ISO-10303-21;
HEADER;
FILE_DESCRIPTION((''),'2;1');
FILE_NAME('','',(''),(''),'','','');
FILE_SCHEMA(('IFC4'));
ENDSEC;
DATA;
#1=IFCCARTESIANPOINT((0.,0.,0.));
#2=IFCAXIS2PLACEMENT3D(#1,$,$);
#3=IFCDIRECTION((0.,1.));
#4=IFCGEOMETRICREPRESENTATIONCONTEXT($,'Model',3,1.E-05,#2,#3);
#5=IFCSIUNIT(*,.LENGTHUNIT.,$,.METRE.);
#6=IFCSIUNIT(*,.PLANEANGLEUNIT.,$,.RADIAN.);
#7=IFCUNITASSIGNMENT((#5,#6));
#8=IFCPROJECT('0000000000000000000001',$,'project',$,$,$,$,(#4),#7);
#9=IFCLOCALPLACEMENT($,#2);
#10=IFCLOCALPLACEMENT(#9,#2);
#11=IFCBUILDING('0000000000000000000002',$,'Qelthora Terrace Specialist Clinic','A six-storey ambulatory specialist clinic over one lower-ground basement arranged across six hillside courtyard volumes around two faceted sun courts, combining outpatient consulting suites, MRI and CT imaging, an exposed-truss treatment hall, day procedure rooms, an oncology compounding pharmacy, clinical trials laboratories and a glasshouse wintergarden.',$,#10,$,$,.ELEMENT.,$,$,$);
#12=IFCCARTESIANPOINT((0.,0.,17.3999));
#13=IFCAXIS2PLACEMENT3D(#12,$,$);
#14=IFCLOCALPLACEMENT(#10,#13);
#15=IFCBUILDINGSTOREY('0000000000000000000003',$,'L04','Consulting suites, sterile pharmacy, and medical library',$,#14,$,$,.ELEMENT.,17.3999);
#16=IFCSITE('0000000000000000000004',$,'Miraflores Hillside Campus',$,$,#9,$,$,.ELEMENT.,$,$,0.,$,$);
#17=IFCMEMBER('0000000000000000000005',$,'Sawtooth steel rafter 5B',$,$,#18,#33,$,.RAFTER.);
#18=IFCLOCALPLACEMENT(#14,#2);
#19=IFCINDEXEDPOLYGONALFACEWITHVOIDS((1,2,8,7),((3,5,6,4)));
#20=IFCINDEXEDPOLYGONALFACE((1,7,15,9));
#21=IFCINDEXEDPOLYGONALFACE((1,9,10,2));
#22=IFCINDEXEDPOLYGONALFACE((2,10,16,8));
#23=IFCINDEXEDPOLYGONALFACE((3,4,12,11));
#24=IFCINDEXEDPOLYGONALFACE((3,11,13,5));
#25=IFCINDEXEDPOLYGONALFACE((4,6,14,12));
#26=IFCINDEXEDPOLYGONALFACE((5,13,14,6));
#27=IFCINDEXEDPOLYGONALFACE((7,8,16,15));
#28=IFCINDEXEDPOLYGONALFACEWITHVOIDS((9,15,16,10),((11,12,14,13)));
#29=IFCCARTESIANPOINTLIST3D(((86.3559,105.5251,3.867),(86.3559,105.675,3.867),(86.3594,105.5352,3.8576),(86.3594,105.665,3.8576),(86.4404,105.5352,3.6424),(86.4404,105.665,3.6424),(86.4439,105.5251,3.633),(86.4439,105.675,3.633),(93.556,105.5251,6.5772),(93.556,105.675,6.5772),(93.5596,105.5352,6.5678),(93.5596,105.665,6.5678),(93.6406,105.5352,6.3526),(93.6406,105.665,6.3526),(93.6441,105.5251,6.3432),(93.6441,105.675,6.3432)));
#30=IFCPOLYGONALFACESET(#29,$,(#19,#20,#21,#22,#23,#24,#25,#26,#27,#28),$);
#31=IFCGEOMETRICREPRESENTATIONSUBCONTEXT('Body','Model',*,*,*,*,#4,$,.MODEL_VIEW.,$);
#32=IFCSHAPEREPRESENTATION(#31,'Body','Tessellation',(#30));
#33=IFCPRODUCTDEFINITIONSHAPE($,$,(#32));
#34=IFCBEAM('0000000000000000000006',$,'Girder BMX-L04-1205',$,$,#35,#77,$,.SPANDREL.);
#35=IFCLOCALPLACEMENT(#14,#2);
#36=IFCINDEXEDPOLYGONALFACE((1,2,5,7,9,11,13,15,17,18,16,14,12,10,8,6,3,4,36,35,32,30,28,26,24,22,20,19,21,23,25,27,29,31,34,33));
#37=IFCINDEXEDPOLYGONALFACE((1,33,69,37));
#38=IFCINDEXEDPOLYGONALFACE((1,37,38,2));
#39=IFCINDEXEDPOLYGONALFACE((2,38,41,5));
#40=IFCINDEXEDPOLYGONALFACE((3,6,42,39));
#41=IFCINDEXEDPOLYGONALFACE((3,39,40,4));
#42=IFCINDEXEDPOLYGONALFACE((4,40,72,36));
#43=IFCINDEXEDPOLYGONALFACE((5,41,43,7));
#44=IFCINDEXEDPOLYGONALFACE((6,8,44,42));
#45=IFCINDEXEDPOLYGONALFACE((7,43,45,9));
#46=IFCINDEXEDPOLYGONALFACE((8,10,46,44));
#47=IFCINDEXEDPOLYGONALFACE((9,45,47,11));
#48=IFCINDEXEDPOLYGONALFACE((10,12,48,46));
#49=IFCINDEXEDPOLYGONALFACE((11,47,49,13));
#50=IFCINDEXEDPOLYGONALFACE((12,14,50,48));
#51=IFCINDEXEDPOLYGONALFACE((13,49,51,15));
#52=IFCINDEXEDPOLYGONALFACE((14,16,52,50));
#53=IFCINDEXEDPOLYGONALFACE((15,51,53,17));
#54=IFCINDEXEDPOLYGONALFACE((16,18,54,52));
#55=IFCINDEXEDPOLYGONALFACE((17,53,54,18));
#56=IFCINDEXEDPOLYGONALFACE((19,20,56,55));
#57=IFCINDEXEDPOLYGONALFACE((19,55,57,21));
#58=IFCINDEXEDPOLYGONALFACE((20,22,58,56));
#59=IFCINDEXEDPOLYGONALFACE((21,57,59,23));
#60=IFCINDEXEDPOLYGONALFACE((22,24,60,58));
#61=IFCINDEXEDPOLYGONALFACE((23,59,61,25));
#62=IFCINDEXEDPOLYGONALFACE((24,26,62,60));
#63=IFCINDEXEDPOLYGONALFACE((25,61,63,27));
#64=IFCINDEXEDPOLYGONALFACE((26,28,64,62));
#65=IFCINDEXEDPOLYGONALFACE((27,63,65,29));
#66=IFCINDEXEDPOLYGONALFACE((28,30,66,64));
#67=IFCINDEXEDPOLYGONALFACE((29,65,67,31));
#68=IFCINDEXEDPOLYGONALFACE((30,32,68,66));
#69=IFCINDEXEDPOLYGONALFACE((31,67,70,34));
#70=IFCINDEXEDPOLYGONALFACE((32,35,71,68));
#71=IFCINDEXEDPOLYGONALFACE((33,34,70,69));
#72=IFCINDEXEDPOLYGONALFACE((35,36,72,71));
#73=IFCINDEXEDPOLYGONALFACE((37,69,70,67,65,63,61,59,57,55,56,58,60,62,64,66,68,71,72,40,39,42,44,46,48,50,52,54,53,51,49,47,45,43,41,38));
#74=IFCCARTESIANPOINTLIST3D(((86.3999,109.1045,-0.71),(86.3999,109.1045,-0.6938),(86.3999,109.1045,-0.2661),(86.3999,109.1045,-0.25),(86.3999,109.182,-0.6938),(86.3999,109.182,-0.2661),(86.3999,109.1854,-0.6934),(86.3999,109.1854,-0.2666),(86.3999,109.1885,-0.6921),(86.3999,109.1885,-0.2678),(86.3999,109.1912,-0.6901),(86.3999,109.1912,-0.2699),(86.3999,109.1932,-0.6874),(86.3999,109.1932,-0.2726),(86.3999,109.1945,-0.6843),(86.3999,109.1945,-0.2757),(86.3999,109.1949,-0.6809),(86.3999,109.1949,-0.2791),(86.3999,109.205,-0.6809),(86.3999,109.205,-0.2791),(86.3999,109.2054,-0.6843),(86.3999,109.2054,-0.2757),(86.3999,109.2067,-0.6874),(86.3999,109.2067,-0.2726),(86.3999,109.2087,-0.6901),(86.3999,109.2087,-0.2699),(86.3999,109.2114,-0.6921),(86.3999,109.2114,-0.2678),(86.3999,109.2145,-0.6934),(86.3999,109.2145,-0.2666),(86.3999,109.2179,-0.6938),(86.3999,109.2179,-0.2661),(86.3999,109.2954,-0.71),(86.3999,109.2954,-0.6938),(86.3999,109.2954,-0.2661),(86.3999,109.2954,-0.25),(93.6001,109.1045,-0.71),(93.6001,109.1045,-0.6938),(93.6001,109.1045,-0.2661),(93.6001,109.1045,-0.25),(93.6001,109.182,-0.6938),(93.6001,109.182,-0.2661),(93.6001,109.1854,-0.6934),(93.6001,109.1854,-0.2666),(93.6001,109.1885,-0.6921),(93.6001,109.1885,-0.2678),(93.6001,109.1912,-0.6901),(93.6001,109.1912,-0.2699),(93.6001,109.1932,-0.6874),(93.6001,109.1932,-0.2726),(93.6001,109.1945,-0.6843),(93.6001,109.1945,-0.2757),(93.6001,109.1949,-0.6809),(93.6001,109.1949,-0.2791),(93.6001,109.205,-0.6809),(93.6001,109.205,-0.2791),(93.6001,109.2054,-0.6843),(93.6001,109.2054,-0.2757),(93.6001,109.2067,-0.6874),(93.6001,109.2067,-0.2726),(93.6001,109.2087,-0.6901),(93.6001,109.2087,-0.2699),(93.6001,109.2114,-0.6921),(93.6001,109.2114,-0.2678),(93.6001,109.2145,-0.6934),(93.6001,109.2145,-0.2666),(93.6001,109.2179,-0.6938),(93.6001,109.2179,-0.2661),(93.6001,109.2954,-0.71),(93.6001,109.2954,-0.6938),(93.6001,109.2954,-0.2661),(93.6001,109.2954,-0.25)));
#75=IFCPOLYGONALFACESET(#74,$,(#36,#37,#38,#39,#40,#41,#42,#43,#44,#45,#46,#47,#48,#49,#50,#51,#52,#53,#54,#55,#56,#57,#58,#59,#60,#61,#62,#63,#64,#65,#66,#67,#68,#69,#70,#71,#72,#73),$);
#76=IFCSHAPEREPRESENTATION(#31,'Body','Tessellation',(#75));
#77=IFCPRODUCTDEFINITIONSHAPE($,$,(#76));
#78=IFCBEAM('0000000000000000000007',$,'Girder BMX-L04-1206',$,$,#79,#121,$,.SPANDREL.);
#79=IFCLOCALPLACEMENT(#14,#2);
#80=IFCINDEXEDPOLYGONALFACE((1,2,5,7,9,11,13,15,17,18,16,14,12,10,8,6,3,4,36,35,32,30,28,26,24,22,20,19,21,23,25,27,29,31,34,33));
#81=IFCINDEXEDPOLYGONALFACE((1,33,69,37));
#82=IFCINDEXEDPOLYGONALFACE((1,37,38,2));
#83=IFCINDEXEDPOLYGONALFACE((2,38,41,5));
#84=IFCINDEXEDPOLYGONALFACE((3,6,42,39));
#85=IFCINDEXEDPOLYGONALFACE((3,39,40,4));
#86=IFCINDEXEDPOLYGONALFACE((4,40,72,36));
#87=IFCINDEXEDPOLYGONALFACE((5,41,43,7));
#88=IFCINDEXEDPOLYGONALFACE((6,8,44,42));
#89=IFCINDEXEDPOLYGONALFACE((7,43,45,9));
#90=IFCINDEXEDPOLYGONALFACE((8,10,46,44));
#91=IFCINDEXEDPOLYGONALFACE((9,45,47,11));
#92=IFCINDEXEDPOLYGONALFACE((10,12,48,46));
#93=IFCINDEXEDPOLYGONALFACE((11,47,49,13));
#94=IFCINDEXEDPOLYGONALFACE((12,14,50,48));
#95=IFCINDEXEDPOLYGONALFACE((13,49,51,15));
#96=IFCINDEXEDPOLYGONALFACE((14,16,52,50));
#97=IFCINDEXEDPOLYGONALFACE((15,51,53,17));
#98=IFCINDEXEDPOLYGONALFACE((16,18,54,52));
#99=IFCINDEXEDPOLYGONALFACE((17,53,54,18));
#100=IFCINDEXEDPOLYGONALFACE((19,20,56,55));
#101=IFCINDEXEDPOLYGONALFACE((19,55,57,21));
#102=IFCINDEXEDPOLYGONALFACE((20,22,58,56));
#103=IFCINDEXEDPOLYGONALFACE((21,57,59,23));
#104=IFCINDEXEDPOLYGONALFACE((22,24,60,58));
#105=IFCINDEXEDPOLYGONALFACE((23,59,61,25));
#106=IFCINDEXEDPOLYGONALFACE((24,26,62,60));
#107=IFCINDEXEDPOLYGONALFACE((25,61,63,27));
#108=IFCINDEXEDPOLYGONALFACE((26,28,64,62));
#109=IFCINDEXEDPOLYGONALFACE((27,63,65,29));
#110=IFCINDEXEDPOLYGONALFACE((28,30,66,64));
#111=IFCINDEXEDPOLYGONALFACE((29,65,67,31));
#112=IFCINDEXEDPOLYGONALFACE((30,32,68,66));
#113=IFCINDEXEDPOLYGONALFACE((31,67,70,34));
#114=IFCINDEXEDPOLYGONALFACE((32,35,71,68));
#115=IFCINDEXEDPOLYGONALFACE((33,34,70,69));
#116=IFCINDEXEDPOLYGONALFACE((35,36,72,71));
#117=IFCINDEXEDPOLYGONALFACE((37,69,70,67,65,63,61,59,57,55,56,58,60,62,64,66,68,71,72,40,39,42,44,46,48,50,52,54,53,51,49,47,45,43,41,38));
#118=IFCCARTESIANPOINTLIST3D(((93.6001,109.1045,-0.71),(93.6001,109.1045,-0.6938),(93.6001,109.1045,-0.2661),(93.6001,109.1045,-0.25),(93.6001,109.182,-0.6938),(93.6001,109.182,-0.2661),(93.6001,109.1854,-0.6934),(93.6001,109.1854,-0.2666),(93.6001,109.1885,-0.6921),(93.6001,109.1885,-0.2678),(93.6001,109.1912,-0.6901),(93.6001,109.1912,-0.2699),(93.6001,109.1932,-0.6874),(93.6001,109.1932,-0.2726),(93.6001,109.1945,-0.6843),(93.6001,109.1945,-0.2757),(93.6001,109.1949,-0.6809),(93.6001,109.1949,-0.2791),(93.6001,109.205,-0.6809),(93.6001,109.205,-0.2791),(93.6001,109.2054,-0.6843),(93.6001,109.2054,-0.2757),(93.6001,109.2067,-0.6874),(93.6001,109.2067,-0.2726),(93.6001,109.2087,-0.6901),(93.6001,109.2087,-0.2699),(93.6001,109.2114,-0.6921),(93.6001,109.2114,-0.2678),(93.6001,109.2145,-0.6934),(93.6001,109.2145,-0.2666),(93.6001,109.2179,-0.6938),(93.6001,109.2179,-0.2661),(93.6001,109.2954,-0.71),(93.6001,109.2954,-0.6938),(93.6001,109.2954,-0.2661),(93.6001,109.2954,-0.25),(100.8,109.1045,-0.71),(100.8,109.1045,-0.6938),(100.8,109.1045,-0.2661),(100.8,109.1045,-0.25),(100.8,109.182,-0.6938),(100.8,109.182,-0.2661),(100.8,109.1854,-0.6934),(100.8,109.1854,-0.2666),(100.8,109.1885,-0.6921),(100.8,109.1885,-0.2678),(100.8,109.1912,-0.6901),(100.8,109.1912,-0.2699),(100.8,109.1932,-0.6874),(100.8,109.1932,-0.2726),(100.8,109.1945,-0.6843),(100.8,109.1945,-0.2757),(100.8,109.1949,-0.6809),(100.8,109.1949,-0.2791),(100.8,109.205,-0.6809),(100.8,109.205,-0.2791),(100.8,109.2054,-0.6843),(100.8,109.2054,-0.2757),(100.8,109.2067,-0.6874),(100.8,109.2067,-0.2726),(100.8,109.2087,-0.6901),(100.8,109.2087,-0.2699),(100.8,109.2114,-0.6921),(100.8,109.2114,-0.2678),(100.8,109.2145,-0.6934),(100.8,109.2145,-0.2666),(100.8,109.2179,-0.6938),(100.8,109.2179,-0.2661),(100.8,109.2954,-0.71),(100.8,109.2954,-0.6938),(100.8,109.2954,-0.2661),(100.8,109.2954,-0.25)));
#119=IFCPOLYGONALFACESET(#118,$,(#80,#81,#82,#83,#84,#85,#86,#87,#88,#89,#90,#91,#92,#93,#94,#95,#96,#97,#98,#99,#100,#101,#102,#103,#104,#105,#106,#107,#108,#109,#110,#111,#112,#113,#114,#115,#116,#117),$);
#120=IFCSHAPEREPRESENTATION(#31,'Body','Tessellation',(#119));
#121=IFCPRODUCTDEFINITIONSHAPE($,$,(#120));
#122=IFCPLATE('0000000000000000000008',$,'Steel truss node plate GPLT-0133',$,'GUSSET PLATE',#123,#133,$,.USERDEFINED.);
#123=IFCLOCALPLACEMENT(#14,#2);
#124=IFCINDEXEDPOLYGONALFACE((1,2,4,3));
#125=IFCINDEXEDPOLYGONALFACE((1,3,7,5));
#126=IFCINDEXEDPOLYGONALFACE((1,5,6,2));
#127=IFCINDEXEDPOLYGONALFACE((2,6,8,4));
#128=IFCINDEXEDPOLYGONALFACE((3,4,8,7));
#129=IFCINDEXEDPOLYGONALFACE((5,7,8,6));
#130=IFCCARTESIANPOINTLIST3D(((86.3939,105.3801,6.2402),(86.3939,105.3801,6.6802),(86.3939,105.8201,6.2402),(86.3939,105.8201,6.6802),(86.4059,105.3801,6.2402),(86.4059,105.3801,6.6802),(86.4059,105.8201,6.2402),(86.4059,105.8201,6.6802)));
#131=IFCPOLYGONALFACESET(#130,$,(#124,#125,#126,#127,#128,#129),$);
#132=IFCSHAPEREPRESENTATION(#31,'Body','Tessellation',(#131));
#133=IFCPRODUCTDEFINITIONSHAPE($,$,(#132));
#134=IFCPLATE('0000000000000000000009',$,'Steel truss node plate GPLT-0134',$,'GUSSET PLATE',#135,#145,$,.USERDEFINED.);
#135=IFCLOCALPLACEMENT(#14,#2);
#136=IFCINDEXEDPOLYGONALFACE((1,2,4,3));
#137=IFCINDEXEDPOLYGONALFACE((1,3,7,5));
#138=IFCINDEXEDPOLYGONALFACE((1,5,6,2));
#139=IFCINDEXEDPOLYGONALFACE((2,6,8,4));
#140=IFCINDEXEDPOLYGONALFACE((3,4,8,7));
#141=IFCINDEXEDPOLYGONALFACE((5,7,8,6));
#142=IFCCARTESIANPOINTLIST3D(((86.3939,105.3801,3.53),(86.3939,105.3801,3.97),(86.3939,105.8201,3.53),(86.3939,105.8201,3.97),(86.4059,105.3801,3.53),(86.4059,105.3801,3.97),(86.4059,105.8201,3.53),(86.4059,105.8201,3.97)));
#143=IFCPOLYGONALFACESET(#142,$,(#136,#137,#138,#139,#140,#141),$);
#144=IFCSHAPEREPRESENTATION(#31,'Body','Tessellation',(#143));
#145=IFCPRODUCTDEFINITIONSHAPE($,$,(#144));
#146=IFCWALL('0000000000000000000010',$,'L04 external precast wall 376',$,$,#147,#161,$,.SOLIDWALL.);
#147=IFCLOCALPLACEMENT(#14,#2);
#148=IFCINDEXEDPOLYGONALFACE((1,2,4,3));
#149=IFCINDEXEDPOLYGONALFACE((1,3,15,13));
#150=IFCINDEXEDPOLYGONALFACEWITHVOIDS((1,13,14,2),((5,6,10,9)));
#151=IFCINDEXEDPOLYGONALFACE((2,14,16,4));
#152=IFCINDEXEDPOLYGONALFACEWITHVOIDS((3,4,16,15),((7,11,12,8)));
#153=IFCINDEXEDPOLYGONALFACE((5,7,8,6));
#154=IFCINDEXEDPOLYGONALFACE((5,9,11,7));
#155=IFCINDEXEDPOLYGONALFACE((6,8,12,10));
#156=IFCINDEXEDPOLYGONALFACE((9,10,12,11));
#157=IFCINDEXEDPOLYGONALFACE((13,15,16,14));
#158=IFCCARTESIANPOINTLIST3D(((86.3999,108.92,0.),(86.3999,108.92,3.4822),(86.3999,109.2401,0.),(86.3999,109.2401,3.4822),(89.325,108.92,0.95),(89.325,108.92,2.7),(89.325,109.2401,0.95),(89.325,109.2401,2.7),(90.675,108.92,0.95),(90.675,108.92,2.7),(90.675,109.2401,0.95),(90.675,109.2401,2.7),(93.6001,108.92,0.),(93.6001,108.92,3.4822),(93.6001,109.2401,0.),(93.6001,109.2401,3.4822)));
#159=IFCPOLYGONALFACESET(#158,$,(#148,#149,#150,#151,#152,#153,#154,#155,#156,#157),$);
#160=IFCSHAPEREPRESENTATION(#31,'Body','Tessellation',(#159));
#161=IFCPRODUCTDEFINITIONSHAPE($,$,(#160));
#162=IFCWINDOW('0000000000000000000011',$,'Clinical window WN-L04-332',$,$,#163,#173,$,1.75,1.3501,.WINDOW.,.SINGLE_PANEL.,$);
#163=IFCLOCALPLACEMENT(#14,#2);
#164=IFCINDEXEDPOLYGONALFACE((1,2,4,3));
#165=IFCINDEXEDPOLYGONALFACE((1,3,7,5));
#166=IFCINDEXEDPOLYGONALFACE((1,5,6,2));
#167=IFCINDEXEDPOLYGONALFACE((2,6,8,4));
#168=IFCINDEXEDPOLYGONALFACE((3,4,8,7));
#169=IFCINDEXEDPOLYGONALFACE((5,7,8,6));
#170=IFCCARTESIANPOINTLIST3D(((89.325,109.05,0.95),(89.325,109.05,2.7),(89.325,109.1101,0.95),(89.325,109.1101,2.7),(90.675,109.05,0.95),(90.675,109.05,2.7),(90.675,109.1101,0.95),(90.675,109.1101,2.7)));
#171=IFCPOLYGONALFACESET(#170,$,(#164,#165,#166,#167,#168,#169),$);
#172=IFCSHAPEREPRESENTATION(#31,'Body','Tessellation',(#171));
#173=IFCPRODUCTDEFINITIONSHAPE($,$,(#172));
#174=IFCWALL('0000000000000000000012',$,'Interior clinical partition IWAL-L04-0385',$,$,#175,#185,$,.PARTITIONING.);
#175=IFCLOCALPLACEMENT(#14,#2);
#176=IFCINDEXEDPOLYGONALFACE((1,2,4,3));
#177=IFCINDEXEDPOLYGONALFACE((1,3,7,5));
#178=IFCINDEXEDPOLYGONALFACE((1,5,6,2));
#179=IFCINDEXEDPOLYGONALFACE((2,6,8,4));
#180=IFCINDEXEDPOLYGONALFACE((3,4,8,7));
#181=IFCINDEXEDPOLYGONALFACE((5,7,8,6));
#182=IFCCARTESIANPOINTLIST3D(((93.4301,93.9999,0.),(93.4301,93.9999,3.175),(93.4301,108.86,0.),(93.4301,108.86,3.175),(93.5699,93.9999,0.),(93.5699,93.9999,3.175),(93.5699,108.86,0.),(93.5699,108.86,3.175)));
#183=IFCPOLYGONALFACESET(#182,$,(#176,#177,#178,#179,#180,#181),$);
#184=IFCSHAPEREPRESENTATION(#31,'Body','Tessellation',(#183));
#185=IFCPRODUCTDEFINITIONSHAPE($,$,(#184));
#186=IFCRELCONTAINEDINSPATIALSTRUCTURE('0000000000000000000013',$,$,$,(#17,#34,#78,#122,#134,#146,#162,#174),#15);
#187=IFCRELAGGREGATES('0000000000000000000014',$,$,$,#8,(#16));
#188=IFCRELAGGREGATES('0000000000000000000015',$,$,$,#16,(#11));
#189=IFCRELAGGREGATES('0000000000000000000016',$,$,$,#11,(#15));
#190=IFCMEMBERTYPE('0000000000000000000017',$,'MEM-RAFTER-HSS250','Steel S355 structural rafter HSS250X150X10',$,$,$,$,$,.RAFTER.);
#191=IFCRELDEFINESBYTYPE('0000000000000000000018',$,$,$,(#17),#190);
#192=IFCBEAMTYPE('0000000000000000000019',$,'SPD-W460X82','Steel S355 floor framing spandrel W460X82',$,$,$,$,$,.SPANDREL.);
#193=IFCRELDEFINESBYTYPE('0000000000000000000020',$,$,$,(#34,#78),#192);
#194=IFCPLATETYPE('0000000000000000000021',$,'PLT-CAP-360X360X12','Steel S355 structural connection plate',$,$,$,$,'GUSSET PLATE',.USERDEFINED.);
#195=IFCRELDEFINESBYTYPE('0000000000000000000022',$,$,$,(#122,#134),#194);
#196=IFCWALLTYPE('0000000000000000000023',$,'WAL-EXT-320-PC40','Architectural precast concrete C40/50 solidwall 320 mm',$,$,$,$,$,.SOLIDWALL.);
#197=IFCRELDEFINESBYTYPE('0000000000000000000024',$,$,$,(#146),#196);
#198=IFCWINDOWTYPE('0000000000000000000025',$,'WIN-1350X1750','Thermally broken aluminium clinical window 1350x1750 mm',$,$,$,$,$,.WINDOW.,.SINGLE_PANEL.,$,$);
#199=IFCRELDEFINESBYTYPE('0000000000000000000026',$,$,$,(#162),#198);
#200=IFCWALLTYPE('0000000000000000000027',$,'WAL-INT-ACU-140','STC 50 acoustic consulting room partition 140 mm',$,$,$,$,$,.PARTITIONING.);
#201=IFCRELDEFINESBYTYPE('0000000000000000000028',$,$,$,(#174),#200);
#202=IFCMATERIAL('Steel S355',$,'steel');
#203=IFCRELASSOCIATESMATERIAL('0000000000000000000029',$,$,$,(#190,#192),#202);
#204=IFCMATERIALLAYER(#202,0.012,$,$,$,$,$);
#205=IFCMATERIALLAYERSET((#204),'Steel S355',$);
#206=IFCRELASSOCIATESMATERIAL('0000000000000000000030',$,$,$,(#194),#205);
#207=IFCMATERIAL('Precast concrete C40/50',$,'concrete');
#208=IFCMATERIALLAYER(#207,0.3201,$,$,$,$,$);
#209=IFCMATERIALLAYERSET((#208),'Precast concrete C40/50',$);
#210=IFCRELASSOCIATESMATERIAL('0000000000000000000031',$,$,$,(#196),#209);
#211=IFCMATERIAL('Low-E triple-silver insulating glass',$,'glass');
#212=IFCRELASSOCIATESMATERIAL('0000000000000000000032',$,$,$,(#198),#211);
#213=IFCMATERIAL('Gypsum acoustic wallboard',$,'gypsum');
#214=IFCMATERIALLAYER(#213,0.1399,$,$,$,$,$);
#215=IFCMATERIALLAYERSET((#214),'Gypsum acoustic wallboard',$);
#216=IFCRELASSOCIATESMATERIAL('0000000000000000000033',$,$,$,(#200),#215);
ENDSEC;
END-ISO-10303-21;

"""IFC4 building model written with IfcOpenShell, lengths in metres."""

from ifc_helpers import new_model, si_unit, direction, frame, frame_2d, origin, origin_2d, place, context, subcontext, project, spatial, rectangle, hollow_rectangle, i_section, extrude, material, layer, layer_set, material_profile, profile_set, type_object, element, fill, save


model = new_model("IFC4")

# Units and contexts
model_context = context("Model", 3, precision=1e-05, world=origin(), true_north=direction((0.0, 1.0)))
body_context = subcontext(model_context, "Body", "Model", "MODEL_VIEW")
ifc_project = project(units=[si_unit("LENGTHUNIT", "METRE"), si_unit("PLANEANGLEUNIT", "RADIAN")], contexts=[model_context])

# Site, building, storey
site_placement = place(None, origin())
site = spatial("IfcSite", under=ifc_project, at=site_placement, Name="Miraflores Hillside Campus", CompositionType="ELEMENT", RefElevation=0.0)
building_placement = place(site_placement, origin())
building = spatial("IfcBuilding", under=site, at=building_placement, Name="Qelthora Terrace Specialist Clinic", Description="A six-storey ambulatory specialist clinic over one lower-ground basement arranged across six hillside courtyard volumes around two faceted sun courts, combining outpatient consulting suites, MRI and CT imaging, an exposed-truss treatment hall, day procedure rooms, an oncology compounding pharmacy, clinical trials laboratories and a glasshouse wintergarden.", CompositionType="ELEMENT")
storey_placement = place(building_placement, frame((0.0, 0.0, 17.3999)))
storey = spatial("IfcBuildingStorey", under=building, at=storey_placement, Name="L04", Description="Consulting suites, sterile pharmacy, and medical library", CompositionType="ELEMENT", Elevation=17.3999)

# Shared definitions
ifc_material_1 = material(Name="Steel S355", Category="steel")

# Member
ifc_material_profile_1 = material_profile(ifc_material_1, hollow_rectangle(XDim=0.1499, YDim=0.25, WallThickness=0.01, at=origin_2d()), Name="HSS250X150X10")
ifc_profile_set_1 = profile_set([ifc_material_profile_1], Name="Steel S355")
member_type_1 = type_object("IfcMemberType", Name="MEM-RAFTER-HSS250", Description="Steel S355 structural rafter HSS250X150X10", PredefinedType="RAFTER", material=ifc_profile_set_1)
member_1_placement = place(storey_placement, frame((86.3999, 105.6001, 3.75), z_axis=(0.935895, 0.0, 0.352278), x_axis=(0.0, 1.0, 0.0)))
element("IfcMember", 1, at=member_1_placement, inside=storey, type_object=member_type_1, Name="Sawtooth steel rafter 5B", PredefinedType="RAFTER", context=body_context, shape_type="SweptSolid", body=[
    extrude(hollow_rectangle(XDim=0.1499, YDim=0.25, WallThickness=0.01, at=origin_2d()), origin(), (0.0, 0.0, 1.0), 7.6934),
])

# Beams
ifc_material_profile_2 = material_profile(ifc_material_1, i_section(OverallWidth=0.1909, OverallDepth=0.46, WebThickness=0.01, FlangeThickness=0.0161, FilletRadius=0.0129, at=origin_2d()), Name="W460X82")
ifc_profile_set_2 = profile_set([ifc_material_profile_2], Name="Steel S355")
beam_type_1 = type_object("IfcBeamType", Name="SPD-W460X82", Description="Steel S355 floor framing spandrel W460X82", PredefinedType="SPANDREL", material=ifc_profile_set_2)
beam_1_placement = place(storey_placement, frame((86.3999, 109.2, -0.48), z_axis=(1.0, 0.0, 0.0), x_axis=(0.0, 1.0, 0.0)))
element("IfcBeam", 2, at=beam_1_placement, inside=storey, type_object=beam_type_1, Name="Girder BMX-L04-1205", PredefinedType="SPANDREL", context=body_context, shape_type="SweptSolid", body=[
    extrude(i_section(OverallWidth=0.1909, OverallDepth=0.46, WebThickness=0.01, FlangeThickness=0.0161, FilletRadius=0.0129, at=origin_2d()), origin(), (0.0, 0.0, 1.0), 7.2002),
])
beam_2_placement = place(storey_placement, frame((93.6001, 109.2, -0.48), z_axis=(1.0, 0.0, 0.0), x_axis=(0.0, 1.0, 0.0)))
element("IfcBeam", 3, at=beam_2_placement, inside=storey, type_object=beam_type_1, Name="Girder BMX-L04-1206", PredefinedType="SPANDREL", context=body_context, shape_type="SweptSolid", body=[
    extrude(i_section(OverallWidth=0.1909, OverallDepth=0.46, WebThickness=0.01, FlangeThickness=0.0161, FilletRadius=0.0129, at=origin_2d()), origin(), (0.0, 0.0, 1.0), 7.2),
])

# Plates
ifc_layer_1 = layer(ifc_material_1, 0.012)
ifc_layer_set_1 = layer_set([ifc_layer_1], Name="Steel S355")
plate_type = type_object("IfcPlateType", Name="PLT-CAP-360X360X12", Description="Steel S355 structural connection plate", ElementType="GUSSET PLATE", PredefinedType="USERDEFINED", material=ifc_layer_set_1)
for number, where, z_axis, x_axis, name in (
    (4, (86.3999, 105.6001, 6.2402), (0.0, 0.0, 1.0), (1.0, 0.0, 0.0), "Steel truss node plate GPLT-0133"),
    (5, (86.3999, 105.6001, 3.53), (0.0, 0.0, 1.0), (1.0, 0.0, 0.0), "Steel truss node plate GPLT-0134"),
):
    element("IfcPlate", number, at=place(storey_placement, frame(where, z_axis=z_axis, x_axis=x_axis)), inside=storey, type_object=plate_type, Name=name, ObjectType="GUSSET PLATE", PredefinedType="USERDEFINED", context=body_context, shape_type="SweptSolid", body=[
        extrude(rectangle(XDim=0.012, YDim=0.4399, at=origin_2d()), origin(), (0.0, 0.0, 1.0), 0.4399),
    ])

# Wall, opening, window
ifc_material_2 = material(Name="Precast concrete C40/50", Category="concrete")
ifc_layer_2 = layer(ifc_material_2, 0.3201)
ifc_layer_set_2 = layer_set([ifc_layer_2], Name="Precast concrete C40/50")
wall_type_1 = type_object("IfcWallType", Name="WAL-EXT-320-PC40", Description="Architectural precast concrete C40/50 solidwall 320 mm", PredefinedType="SOLIDWALL", material=ifc_layer_set_2)
wall_1_placement = place(storey_placement, frame((86.3999, 109.0801, 0.0), z_axis=(0.0, 0.0, 1.0), x_axis=(1.0, 0.0, 0.0)))
wall_1 = element("IfcWall", 6, at=wall_1_placement, inside=storey, type_object=wall_type_1, Name="L04 external precast wall 376", PredefinedType="SOLIDWALL", context=body_context, shape_type="SweptSolid", body=[
    extrude(rectangle(XDim=7.2002, YDim=0.3201, at=frame_2d((3.6001, 0.0))), origin(), (0.0, 0.0, 1.0), 3.4822),
])
opening_placement = place(wall_1_placement, frame((2.925, 0.0, 0.95)))
opening = element("IfcOpeningElement", 7, at=opening_placement, cuts=wall_1, PredefinedType="OPENING", context=body_context, shape_type="SweptSolid", body=[
    extrude(rectangle(XDim=1.3501, YDim=1.75, at=frame_2d((0.675, 0.875))), frame((0.0, 0.1699, 0.0), z_axis=(0.0, -1.0, 0.0), x_axis=(1.0, 0.0, 0.0)), (0.0, 0.0, 1.0), 0.3401),
])
ifc_material_3 = material(Name="Low-E triple-silver insulating glass", Category="glass")
window_type = type_object("IfcWindowType", Name="WIN-1350X1750", Description="Thermally broken aluminium clinical window 1350x1750 mm", PartitioningType="SINGLE_PANEL", PredefinedType="WINDOW", material=ifc_material_3)
window_placement = place(opening_placement, origin())
window = element("IfcWindow", 8, at=window_placement, inside=storey, type_object=window_type, Name="Clinical window WN-L04-332", OverallHeight=1.75, OverallWidth=1.3501, PartitioningType="SINGLE_PANEL", PredefinedType="WINDOW", context=body_context, shape_type="SweptSolid", body=[
    extrude(rectangle(XDim=1.3501, YDim=1.75, at=frame_2d((0.675, 0.875))), frame((0.0, 0.03, 0.0), z_axis=(0.0, -1.0, 0.0), x_axis=(1.0, 0.0, 0.0)), (0.0, 0.0, 1.0), 0.0601),
])
fill(opening, window)

# Wall
ifc_material_4 = material(Name="Gypsum acoustic wallboard", Category="gypsum")
ifc_layer_3 = layer(ifc_material_4, 0.1399)
ifc_layer_set_3 = layer_set([ifc_layer_3], Name="Gypsum acoustic wallboard")
wall_type_2 = type_object("IfcWallType", Name="WAL-INT-ACU-140", Description="STC 50 acoustic consulting room partition 140 mm", PredefinedType="PARTITIONING", material=ifc_layer_set_3)
wall_2_placement = place(storey_placement, frame((93.5, 108.8601, 0.0), z_axis=(0.0, 0.0, 1.0), x_axis=(0.0, -1.0, 0.0)))
element("IfcWall", 9, at=wall_2_placement, inside=storey, type_object=wall_type_2, Name="Interior clinical partition IWAL-L04-0385", PredefinedType="PARTITIONING", context=body_context, shape_type="SweptSolid", body=[
    extrude(rectangle(XDim=14.8601, YDim=0.1399, at=frame_2d((7.4302, 0.0))), origin(), (0.0, 0.0, 1.0), 3.175),
])

save(model, "model.ifc")
